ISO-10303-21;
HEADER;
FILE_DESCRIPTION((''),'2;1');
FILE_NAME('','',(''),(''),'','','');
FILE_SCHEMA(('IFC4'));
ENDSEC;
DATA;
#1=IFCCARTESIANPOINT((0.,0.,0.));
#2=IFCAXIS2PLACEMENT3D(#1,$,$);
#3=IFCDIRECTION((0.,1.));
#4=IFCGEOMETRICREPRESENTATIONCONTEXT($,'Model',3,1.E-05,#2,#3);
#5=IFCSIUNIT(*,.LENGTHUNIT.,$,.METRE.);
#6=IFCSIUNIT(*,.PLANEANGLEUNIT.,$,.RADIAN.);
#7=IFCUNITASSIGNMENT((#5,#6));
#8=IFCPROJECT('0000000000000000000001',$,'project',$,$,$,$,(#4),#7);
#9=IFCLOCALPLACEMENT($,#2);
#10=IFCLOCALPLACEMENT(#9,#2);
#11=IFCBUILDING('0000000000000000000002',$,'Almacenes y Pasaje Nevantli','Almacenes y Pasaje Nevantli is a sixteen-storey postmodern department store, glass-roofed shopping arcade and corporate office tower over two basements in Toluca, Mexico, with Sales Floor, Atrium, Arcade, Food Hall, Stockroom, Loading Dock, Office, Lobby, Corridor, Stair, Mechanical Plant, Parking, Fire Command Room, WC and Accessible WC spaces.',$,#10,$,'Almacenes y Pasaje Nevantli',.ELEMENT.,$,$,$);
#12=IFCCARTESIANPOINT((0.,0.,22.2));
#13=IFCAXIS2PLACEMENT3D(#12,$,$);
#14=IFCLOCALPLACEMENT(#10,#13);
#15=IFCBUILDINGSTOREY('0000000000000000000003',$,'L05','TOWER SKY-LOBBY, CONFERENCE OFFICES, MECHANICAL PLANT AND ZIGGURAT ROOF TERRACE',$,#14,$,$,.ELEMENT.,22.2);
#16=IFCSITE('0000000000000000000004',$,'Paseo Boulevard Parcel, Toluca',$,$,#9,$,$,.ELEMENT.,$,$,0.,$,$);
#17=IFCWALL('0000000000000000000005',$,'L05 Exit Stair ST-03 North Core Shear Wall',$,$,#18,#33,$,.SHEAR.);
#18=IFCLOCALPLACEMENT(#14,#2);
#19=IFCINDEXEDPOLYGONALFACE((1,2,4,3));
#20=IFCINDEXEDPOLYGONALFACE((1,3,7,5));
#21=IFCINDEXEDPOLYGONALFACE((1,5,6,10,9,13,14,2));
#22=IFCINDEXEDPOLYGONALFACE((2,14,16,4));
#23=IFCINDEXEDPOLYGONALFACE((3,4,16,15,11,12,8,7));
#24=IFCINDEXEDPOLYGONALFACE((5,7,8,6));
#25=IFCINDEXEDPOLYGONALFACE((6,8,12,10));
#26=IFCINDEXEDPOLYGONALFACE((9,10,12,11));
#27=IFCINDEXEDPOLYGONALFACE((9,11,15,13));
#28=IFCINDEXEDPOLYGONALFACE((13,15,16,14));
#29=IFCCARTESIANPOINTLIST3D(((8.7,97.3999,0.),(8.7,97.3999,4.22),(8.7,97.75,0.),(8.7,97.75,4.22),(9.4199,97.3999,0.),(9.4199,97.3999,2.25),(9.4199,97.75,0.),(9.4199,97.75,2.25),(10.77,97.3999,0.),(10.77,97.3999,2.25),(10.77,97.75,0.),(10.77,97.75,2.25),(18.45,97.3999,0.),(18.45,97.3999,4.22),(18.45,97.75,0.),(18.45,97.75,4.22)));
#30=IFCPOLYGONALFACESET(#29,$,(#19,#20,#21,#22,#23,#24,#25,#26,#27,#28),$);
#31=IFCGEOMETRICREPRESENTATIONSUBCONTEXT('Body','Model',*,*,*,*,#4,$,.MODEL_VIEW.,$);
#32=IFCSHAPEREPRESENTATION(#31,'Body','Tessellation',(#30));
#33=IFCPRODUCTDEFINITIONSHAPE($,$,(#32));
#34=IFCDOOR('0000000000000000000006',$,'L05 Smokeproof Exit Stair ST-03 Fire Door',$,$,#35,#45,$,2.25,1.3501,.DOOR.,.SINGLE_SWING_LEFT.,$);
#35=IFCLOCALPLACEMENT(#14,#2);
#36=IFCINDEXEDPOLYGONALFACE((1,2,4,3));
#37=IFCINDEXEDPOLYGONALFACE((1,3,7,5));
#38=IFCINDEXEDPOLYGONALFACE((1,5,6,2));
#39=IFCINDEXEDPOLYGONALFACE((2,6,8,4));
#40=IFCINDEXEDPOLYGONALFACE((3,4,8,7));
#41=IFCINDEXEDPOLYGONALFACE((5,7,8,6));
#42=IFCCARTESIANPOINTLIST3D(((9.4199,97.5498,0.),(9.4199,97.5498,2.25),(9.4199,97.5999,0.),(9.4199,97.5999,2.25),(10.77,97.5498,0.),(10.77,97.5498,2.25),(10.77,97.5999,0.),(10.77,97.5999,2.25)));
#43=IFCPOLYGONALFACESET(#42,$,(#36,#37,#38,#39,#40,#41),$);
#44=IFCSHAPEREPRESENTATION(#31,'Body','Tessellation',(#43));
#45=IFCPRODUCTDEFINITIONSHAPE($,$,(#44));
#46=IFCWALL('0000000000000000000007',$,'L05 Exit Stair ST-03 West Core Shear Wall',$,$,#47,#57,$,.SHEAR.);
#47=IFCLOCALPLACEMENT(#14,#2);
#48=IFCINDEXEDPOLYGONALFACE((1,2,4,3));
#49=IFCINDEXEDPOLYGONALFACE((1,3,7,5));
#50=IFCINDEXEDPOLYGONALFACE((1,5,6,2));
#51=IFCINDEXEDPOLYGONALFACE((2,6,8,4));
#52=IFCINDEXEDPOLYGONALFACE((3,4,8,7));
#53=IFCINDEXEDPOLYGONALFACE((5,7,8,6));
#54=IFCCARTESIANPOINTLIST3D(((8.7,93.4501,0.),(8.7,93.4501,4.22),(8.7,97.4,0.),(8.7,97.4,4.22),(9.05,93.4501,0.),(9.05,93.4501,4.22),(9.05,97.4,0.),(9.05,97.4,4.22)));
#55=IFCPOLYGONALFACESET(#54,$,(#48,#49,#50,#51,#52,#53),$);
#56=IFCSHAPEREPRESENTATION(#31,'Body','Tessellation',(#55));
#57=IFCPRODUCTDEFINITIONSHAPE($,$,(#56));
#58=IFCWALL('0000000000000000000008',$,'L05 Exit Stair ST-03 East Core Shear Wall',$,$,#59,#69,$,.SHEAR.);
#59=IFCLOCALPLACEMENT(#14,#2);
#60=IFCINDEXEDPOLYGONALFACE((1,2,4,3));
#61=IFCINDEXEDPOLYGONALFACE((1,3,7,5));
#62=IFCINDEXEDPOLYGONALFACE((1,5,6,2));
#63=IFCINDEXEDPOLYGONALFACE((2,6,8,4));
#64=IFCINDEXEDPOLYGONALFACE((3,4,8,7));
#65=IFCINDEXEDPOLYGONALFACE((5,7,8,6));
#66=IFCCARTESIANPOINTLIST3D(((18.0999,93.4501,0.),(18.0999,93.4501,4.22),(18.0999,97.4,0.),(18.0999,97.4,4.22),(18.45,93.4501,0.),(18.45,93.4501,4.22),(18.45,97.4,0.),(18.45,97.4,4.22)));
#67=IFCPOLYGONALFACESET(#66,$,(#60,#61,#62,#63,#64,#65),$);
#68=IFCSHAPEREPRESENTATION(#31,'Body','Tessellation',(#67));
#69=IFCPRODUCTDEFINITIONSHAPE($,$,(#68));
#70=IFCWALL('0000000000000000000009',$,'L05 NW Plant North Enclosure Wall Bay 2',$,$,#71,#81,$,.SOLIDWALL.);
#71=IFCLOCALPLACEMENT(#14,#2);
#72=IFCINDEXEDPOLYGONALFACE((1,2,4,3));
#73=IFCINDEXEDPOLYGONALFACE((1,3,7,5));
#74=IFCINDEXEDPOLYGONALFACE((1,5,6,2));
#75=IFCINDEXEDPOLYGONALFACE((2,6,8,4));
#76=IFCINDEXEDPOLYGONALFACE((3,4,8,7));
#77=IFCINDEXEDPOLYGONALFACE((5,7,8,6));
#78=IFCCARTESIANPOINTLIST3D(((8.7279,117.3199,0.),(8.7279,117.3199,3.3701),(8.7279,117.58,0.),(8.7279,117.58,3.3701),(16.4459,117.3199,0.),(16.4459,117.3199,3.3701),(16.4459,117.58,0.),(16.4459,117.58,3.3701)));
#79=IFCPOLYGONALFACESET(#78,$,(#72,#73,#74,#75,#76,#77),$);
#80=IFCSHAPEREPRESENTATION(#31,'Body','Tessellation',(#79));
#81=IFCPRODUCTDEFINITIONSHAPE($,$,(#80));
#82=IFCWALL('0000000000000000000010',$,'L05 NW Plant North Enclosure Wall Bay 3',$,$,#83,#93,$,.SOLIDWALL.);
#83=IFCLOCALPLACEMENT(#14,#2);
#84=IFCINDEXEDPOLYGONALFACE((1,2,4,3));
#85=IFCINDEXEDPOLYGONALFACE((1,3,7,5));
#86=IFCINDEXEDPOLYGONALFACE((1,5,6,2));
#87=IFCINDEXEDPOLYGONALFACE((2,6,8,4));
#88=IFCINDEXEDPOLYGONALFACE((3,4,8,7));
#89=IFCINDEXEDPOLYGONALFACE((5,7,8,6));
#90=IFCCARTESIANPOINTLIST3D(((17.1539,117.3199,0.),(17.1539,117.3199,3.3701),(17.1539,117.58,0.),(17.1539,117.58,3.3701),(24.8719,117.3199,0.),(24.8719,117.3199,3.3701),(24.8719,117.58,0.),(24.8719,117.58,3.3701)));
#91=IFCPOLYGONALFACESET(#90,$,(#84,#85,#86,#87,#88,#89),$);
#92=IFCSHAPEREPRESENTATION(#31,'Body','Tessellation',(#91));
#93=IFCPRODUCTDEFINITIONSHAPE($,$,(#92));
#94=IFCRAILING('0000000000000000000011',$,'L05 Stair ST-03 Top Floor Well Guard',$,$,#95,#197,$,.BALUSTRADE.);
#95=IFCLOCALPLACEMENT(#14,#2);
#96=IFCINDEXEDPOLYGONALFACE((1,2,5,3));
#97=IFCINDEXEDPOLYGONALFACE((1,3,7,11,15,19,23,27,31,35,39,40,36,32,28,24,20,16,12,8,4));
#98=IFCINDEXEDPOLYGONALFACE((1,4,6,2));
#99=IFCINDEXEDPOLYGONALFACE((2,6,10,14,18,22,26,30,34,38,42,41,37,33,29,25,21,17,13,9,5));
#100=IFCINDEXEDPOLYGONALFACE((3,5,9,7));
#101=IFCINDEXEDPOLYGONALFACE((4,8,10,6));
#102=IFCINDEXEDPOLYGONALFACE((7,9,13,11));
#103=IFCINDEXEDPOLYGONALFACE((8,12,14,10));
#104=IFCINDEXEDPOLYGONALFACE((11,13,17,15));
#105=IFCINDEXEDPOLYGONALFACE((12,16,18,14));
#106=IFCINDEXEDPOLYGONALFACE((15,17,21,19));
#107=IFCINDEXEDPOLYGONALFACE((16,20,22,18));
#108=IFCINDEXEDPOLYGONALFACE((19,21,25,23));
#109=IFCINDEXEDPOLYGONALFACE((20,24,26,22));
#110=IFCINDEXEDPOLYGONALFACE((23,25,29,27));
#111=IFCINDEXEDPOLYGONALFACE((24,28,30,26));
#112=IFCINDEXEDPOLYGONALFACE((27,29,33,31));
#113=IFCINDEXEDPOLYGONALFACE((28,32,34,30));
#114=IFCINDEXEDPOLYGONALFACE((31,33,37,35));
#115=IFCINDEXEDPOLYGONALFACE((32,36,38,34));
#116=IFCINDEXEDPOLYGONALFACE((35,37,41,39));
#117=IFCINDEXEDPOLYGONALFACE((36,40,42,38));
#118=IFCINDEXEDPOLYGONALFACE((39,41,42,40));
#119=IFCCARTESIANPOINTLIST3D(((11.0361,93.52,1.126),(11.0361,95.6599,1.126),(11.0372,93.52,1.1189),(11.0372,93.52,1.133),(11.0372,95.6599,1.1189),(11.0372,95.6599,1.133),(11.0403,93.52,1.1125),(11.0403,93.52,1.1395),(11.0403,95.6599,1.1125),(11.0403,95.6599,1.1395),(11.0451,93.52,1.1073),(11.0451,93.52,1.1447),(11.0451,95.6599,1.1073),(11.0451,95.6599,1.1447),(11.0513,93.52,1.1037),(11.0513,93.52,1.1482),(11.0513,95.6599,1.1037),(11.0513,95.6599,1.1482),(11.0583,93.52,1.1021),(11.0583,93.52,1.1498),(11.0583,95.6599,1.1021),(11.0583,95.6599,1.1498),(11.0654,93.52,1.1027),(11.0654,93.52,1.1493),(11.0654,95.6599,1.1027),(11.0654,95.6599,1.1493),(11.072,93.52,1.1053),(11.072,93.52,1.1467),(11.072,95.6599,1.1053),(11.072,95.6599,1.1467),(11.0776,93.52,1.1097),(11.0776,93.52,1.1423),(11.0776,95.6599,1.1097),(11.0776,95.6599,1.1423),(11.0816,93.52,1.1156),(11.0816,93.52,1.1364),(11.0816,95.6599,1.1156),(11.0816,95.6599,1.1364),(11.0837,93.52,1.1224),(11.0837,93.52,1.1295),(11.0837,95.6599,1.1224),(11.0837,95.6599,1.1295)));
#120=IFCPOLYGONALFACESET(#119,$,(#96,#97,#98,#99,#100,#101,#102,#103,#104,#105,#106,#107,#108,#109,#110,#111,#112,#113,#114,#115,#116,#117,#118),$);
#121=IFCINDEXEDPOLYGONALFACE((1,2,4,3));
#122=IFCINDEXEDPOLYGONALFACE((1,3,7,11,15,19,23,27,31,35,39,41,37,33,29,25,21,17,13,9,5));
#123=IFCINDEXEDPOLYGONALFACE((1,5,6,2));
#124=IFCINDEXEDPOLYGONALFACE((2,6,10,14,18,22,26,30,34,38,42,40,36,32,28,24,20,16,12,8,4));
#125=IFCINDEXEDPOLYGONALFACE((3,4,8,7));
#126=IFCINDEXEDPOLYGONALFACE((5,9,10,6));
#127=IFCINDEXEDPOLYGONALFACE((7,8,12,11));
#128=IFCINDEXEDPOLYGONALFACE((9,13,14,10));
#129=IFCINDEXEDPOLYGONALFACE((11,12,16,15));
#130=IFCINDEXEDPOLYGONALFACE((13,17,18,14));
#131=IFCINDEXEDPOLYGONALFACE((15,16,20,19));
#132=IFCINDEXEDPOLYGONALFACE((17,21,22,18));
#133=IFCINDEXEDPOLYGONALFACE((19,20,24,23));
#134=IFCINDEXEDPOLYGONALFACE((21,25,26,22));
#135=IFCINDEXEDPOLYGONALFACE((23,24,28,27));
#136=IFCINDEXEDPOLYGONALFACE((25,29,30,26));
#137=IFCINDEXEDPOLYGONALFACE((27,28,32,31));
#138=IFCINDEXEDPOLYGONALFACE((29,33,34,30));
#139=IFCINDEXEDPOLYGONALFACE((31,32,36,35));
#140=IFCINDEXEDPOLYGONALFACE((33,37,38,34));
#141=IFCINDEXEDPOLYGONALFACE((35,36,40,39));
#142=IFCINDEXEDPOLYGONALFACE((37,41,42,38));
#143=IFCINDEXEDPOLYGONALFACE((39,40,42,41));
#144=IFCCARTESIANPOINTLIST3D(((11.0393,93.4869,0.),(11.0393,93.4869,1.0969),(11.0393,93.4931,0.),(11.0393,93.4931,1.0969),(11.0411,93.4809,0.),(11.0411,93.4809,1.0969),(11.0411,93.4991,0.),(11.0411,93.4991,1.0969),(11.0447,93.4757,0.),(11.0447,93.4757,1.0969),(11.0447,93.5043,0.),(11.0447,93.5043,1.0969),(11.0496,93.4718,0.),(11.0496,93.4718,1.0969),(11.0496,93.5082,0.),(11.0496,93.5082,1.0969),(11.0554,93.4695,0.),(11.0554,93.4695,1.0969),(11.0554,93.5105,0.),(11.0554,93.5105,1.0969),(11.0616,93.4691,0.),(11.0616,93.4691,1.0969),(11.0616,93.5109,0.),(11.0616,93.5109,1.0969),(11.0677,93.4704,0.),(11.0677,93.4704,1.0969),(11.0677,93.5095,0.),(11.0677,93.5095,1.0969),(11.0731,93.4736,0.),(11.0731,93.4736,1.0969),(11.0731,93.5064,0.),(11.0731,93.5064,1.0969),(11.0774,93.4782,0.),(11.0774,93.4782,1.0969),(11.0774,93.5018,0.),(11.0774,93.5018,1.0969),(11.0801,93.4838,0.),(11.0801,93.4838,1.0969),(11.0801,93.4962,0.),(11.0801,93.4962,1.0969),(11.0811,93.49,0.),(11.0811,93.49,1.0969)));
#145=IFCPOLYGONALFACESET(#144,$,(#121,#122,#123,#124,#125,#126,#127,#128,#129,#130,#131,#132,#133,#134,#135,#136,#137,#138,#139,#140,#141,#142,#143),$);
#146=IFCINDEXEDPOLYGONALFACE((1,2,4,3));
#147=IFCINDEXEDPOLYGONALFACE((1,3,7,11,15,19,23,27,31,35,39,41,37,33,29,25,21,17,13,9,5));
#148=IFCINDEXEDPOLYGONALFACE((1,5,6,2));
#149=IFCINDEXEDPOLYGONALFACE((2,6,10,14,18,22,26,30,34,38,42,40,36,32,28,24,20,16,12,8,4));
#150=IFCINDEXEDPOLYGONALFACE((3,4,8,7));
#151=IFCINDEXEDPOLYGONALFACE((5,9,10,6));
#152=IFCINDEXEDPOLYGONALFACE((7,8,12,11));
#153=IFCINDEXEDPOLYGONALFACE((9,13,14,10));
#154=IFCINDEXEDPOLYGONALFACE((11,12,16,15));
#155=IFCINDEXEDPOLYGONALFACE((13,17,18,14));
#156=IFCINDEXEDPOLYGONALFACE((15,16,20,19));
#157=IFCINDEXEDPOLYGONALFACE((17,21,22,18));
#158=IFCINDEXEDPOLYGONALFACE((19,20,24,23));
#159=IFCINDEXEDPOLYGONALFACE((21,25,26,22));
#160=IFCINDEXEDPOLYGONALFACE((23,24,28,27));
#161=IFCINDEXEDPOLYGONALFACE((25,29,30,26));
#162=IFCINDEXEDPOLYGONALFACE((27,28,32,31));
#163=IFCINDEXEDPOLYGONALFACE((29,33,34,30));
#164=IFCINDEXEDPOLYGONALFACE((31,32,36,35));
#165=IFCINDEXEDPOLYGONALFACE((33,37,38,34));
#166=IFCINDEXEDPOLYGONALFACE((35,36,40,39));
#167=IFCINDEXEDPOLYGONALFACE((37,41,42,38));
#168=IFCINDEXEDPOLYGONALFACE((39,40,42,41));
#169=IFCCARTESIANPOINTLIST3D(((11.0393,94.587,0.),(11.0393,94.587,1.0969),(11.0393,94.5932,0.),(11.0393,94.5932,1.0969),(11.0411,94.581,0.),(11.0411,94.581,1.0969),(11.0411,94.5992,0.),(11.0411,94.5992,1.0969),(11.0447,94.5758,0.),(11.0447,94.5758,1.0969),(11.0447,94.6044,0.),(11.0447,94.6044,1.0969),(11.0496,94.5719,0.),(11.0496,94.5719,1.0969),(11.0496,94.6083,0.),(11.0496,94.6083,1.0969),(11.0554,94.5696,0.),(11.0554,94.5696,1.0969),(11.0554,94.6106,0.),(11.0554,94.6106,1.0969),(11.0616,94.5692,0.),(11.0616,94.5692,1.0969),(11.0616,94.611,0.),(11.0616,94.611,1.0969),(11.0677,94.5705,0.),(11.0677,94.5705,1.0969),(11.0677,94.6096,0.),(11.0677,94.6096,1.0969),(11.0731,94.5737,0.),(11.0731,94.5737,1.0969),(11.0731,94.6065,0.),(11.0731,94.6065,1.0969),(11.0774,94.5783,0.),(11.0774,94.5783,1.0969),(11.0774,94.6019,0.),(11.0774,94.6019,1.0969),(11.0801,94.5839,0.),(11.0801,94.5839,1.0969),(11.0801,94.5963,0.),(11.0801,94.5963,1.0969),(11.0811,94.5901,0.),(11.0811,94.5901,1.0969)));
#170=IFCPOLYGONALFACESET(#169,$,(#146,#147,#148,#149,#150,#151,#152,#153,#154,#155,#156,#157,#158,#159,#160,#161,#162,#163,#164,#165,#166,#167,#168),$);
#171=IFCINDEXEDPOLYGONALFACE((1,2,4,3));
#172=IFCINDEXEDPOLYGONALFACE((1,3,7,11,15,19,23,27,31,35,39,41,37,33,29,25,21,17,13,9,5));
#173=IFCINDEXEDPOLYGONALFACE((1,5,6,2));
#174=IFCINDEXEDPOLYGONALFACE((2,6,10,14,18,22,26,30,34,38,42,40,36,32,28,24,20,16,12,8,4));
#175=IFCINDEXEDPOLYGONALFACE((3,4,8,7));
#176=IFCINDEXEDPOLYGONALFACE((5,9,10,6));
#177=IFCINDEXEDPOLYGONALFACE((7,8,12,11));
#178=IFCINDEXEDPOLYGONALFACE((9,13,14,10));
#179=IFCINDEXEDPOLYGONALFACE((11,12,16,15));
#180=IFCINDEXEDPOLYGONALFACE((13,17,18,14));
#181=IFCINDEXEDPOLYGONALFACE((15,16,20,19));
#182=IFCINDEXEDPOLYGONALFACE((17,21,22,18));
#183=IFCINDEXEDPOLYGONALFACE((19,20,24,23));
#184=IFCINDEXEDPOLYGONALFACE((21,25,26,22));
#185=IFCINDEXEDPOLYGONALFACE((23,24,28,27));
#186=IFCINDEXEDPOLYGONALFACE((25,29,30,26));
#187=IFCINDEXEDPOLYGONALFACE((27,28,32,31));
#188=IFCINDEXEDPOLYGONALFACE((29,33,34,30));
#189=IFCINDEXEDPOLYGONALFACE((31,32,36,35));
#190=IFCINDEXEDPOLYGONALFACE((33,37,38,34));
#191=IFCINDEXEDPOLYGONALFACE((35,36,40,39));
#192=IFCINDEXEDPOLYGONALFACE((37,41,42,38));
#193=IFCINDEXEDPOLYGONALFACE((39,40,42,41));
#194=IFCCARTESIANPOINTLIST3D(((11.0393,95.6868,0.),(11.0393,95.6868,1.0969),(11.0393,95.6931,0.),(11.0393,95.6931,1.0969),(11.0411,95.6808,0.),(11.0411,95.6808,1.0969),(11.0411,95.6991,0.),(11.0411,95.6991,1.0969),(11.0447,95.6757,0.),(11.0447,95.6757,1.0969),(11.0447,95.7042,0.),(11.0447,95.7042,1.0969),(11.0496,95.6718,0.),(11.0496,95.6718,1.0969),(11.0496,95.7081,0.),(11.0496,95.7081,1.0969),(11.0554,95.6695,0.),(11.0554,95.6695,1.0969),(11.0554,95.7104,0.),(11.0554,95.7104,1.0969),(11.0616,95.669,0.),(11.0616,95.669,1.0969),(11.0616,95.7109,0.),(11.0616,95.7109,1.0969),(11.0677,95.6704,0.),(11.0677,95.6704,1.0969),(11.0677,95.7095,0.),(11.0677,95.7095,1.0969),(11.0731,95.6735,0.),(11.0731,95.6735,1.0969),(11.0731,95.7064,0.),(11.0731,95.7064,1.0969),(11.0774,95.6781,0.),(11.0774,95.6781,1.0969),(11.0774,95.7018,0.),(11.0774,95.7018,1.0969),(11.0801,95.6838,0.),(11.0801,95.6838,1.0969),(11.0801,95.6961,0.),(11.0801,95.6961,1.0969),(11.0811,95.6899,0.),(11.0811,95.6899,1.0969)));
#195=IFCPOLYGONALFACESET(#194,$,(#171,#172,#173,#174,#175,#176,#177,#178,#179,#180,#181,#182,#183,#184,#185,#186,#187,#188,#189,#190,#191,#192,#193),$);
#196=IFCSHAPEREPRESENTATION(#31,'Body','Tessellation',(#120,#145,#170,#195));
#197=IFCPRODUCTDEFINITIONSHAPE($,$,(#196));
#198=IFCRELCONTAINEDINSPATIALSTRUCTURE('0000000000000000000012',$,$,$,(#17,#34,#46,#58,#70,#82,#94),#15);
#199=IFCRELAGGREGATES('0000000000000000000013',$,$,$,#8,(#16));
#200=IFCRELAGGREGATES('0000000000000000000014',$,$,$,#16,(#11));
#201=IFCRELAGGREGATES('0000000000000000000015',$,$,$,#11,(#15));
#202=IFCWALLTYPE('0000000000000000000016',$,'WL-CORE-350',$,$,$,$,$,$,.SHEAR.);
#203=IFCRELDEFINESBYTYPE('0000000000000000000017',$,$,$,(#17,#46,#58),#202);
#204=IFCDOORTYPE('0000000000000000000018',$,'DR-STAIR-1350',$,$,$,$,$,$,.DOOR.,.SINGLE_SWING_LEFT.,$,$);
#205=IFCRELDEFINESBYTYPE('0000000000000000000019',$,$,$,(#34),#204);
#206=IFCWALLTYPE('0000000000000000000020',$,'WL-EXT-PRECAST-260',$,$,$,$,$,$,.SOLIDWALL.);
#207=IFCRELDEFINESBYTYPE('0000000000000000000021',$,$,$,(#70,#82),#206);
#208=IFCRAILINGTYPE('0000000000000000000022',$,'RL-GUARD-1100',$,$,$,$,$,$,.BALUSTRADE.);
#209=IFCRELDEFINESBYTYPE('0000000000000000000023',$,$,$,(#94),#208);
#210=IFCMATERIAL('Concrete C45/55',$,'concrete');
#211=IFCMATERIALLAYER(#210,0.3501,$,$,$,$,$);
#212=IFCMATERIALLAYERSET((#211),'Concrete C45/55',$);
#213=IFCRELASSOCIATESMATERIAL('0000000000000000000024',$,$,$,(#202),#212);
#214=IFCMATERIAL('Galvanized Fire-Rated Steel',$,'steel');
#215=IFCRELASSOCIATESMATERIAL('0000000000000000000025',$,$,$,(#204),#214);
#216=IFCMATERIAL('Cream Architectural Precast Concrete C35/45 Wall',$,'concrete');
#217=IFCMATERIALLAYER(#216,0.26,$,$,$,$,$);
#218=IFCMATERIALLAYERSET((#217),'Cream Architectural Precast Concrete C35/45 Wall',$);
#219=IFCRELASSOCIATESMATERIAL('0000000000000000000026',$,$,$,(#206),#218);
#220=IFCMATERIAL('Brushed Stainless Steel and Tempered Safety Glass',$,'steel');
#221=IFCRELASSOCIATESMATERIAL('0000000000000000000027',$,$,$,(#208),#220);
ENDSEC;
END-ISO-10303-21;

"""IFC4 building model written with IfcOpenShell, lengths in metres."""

from ifc_helpers import new_model, si_unit, direction, frame, frame_2d, origin, origin_2d, place, context, subcontext, project, spatial, rectangle, circle, extrude, material, layer, layer_set, type_object, element, fill, save


model = new_model("IFC4")

# Units and contexts
model_context = context("Model", 3, precision=1e-05, world=origin(), true_north=direction((0.0, 1.0)))
body_context = subcontext(model_context, "Body", "Model", "MODEL_VIEW")
ifc_project = project(units=[si_unit("LENGTHUNIT", "METRE"), si_unit("PLANEANGLEUNIT", "RADIAN")], contexts=[model_context])

# Site, building, storey
site_placement = place(None, origin())
site = spatial("IfcSite", under=ifc_project, at=site_placement, Name="Paseo Boulevard Parcel, Toluca", CompositionType="ELEMENT", RefElevation=0.0)
building_placement = place(site_placement, origin())
building = spatial("IfcBuilding", under=site, at=building_placement, Name="Almacenes y Pasaje Nevantli", Description="Almacenes y Pasaje Nevantli is a sixteen-storey postmodern department store, glass-roofed shopping arcade and corporate office tower over two basements in Toluca, Mexico, with Sales Floor, Atrium, Arcade, Food Hall, Stockroom, Loading Dock, Office, Lobby, Corridor, Stair, Mechanical Plant, Parking, Fire Command Room, WC and Accessible WC spaces.", LongName="Almacenes y Pasaje Nevantli", CompositionType="ELEMENT")
storey_placement = place(building_placement, frame((0.0, 0.0, 22.2)))
storey = spatial("IfcBuildingStorey", under=building, at=storey_placement, Name="L05", Description="TOWER SKY-LOBBY, CONFERENCE OFFICES, MECHANICAL PLANT AND ZIGGURAT ROOF TERRACE", CompositionType="ELEMENT", Elevation=22.2)

# Shared definitions
ifc_material_1 = material(Name="Concrete C45/55", Category="concrete")
ifc_layer_1 = layer(ifc_material_1, 0.3501)
ifc_layer_set_1 = layer_set([ifc_layer_1], Name="Concrete C45/55")
wall_type_1 = type_object("IfcWallType", Name="WL-CORE-350", PredefinedType="SHEAR", material=ifc_layer_set_1)

# Wall, opening, door
wall_1_placement = place(storey_placement, frame((8.7, 97.575, 0.0), z_axis=(0.0, 0.0, 1.0), x_axis=(1.0, 0.0, 0.0)))
wall_1 = element("IfcWall", 1, at=wall_1_placement, inside=storey, type_object=wall_type_1, Name="L05 Exit Stair ST-03 North Core Shear Wall", PredefinedType="SHEAR", context=body_context, shape_type="SweptSolid", body=[
    extrude(rectangle(XDim=9.75, YDim=0.3501, at=frame_2d((4.875, 0.0))), origin(), (0.0, 0.0, 1.0), 4.22),
])
opening_placement = place(wall_1_placement, frame((0.72, 0.0, 0.0)))
opening = element("IfcOpeningElement", 2, at=opening_placement, cuts=wall_1, PredefinedType="OPENING", context=body_context, shape_type="SweptSolid", body=[
    extrude(rectangle(XDim=1.3501, YDim=2.25, at=frame_2d((0.675, 1.125))), frame((0.0, 0.1851, 0.0), z_axis=(0.0, -1.0, 0.0), x_axis=(1.0, 0.0, 0.0)), (0.0, 0.0, 1.0), 0.3701),
])
ifc_material_2 = material(Name="Galvanized Fire-Rated Steel", Category="steel")
door_type = type_object("IfcDoorType", Name="DR-STAIR-1350", OperationType="SINGLE_SWING_LEFT", PredefinedType="DOOR", material=ifc_material_2)
door_placement = place(opening_placement, origin())
door = element("IfcDoor", 3, at=door_placement, inside=storey, type_object=door_type, Name="L05 Smokeproof Exit Stair ST-03 Fire Door", OperationType="SINGLE_SWING_LEFT", OverallHeight=2.25, OverallWidth=1.3501, PredefinedType="DOOR", context=body_context, shape_type="SweptSolid", body=[
    extrude(rectangle(XDim=1.3501, YDim=2.25, at=frame_2d((0.675, 1.125))), frame((0.0, 0.0249, 0.0), z_axis=(0.0, -1.0, 0.0), x_axis=(1.0, 0.0, 0.0)), (0.0, 0.0, 1.0), 0.05),
])
fill(opening, door)

# Walls
for number, where, z_axis, x_axis, name in (
    (4, (8.875, 93.45, 0.0), (0.0, 0.0, 1.0), (0.0, 1.0, 0.0), "L05 Exit Stair ST-03 West Core Shear Wall"),
    (5, (18.2749, 93.45, 0.0), (0.0, 0.0, 1.0), (0.0, 1.0, 0.0), "L05 Exit Stair ST-03 East Core Shear Wall"),
):
    element("IfcWall", number, at=place(storey_placement, frame(where, z_axis=z_axis, x_axis=x_axis)), inside=storey, type_object=wall_type_1, Name=name, PredefinedType="SHEAR", context=body_context, shape_type="SweptSolid", body=[
        extrude(rectangle(XDim=3.95, YDim=0.3501, at=frame_2d((1.9751, 0.0))), origin(), (0.0, 0.0, 1.0), 4.22),
    ])
ifc_material_3 = material(Name="Cream Architectural Precast Concrete C35/45 Wall", Category="concrete")
ifc_layer_2 = layer(ifc_material_3, 0.26)
ifc_layer_set_2 = layer_set([ifc_layer_2], Name="Cream Architectural Precast Concrete C35/45 Wall")
wall_type_2 = type_object("IfcWallType", Name="WL-EXT-PRECAST-260", PredefinedType="SOLIDWALL", material=ifc_layer_set_2)
for number, where, z_axis, x_axis, name in (
    (6, (8.728, 117.45, 0.0), (0.0, 0.0, 1.0), (1.0, 0.0, 0.0), "L05 NW Plant North Enclosure Wall Bay 2"),
    (7, (17.1541, 117.45, 0.0), (0.0, 0.0, 1.0), (1.0, 0.0, 0.0), "L05 NW Plant North Enclosure Wall Bay 3"),
):
    element("IfcWall", number, at=place(storey_placement, frame(where, z_axis=z_axis, x_axis=x_axis)), inside=storey, type_object=wall_type_2, Name=name, PredefinedType="SOLIDWALL", context=body_context, shape_type="SweptSolid", body=[
        extrude(rectangle(XDim=7.718, YDim=0.26, at=frame_2d((3.8589, 0.0))), origin(), (0.0, 0.0, 1.0), 3.3701),
    ])

# Railing
ifc_material_4 = material(Name="Brushed Stainless Steel and Tempered Safety Glass", Category="steel")
railing_type = type_object("IfcRailingType", Name="RL-GUARD-1100", PredefinedType="BALUSTRADE", material=ifc_material_4)
railing_placement = place(storey_placement, frame((11.0601, 93.49, 0.0)))
element("IfcRailing", 8, at=railing_placement, inside=storey, type_object=railing_type, Name="L05 Stair ST-03 Top Floor Well Guard", PredefinedType="BALUSTRADE", context=body_context, shape_type="SweptSolid", body=[
    extrude(circle(Radius=0.0239, at=origin_2d()), frame((0.0, 0.03, 1.126), z_axis=(0.0, 1.0, 0.0), x_axis=(-1.0, 0.0, 0.0)), (0.0, 0.0, 1.0), 2.1399),
    extrude(circle(Radius=0.021, at=origin_2d()), origin(), (0.0, 0.0, 1.0), 1.0969),
    extrude(circle(Radius=0.021, at=origin_2d()), frame((0.0, 1.1001, 0.0)), (0.0, 0.0, 1.0), 1.0969),
    extrude(circle(Radius=0.021, at=origin_2d()), frame((0.0, 2.2, 0.0)), (0.0, 0.0, 1.0), 1.0969),
])

save(model, "model.ifc")
